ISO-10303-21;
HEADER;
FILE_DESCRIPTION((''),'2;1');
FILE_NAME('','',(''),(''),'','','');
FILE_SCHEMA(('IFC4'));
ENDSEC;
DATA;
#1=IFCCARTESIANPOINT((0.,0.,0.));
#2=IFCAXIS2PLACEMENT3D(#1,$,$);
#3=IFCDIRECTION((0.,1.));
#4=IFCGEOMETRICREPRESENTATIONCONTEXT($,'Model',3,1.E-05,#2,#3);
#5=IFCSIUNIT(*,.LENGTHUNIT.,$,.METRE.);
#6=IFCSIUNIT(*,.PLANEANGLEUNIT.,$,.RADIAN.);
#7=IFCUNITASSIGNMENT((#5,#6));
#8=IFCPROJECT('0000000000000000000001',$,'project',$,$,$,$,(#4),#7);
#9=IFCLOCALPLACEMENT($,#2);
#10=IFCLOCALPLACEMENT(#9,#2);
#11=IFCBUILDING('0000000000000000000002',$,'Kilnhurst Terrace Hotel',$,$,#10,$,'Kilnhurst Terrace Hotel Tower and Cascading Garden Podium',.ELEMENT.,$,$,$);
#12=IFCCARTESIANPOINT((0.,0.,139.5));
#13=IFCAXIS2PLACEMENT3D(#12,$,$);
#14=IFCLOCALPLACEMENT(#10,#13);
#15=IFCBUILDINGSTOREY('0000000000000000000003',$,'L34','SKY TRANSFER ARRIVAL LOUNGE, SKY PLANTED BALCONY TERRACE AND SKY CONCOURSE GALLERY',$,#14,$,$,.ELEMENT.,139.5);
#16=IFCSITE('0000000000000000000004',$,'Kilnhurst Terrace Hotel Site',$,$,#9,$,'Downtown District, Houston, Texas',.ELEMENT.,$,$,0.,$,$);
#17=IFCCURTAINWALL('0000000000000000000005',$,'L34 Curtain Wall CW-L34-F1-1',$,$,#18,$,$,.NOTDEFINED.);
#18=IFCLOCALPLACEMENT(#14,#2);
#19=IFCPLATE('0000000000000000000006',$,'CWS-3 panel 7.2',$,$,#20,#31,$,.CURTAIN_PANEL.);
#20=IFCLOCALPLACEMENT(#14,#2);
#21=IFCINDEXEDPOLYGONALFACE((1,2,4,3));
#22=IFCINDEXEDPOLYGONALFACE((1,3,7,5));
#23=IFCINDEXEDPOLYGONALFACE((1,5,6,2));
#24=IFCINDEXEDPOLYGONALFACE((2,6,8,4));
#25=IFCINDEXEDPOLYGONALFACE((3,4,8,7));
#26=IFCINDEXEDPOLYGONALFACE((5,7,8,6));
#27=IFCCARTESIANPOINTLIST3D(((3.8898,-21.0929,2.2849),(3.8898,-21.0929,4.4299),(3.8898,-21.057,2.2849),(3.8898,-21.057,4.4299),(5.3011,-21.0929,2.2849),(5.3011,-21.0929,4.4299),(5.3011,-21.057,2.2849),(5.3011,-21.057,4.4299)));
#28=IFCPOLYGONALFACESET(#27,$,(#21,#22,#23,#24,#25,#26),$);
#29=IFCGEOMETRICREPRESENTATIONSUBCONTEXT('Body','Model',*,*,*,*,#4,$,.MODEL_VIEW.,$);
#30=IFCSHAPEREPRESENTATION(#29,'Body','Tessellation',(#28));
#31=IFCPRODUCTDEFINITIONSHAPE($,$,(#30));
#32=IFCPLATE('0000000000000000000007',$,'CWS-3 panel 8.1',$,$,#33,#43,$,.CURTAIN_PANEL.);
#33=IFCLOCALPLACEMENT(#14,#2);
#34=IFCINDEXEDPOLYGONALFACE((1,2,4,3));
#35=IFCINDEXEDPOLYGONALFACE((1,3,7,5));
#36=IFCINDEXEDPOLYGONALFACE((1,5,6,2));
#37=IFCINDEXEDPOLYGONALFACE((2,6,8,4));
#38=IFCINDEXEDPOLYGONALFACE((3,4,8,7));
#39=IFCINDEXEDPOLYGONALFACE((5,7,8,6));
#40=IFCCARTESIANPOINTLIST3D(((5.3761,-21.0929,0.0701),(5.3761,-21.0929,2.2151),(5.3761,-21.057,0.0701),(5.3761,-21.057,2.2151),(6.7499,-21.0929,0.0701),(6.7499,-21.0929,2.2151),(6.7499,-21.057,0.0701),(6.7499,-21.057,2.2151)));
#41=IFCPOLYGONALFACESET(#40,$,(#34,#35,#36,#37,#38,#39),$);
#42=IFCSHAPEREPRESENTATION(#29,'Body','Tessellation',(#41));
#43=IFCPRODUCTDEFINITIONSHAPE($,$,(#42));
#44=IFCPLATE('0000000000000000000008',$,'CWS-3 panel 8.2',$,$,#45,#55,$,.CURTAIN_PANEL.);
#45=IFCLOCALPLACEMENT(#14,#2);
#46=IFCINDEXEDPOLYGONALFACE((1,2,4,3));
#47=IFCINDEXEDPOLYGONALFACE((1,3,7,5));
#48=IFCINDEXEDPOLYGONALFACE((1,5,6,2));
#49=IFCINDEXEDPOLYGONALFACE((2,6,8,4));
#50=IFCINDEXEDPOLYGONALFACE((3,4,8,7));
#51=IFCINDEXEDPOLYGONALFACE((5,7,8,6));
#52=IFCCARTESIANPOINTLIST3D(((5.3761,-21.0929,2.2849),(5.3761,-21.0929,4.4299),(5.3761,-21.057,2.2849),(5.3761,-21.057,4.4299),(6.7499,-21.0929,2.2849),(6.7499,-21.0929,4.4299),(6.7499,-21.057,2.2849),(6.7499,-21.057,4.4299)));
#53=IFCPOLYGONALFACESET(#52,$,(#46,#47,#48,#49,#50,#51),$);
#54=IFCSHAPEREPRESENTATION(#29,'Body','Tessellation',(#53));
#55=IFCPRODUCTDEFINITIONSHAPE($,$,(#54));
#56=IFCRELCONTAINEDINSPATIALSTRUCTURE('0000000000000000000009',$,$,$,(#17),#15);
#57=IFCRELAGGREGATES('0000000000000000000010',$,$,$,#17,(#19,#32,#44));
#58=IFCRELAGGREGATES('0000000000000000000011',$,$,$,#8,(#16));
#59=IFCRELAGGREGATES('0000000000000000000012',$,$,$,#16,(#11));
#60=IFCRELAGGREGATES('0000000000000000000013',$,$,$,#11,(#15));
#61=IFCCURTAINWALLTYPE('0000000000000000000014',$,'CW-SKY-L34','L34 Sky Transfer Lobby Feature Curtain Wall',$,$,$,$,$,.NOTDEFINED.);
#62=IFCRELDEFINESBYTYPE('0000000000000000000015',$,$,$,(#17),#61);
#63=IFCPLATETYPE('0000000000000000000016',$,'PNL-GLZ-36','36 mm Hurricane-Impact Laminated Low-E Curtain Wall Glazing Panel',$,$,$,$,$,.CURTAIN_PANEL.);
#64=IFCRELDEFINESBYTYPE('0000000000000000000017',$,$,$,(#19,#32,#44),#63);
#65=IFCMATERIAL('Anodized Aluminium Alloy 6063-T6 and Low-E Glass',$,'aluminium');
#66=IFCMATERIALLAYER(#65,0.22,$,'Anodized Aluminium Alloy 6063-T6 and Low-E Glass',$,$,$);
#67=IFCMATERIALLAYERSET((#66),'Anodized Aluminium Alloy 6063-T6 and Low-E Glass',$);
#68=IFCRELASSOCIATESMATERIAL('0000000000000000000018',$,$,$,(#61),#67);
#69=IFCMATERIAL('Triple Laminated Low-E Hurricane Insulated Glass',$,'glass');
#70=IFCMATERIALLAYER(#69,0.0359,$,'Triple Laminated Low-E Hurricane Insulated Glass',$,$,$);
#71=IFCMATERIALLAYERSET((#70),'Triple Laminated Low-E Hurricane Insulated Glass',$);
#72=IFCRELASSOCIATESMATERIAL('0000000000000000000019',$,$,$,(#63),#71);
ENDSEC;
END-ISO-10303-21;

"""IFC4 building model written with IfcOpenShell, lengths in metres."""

from ifc_helpers import new_model, si_unit, direction, frame, origin, origin_2d, place, context, subcontext, project, spatial, rectangle, extrude, material, layer, layer_set, type_object, element, aggregate, save


model = new_model("IFC4")

# Units and contexts
model_context = context("Model", 3, precision=1e-05, world=origin(), true_north=direction((0.0, 1.0)))
body_context = subcontext(model_context, "Body", "Model", "MODEL_VIEW")
ifc_project = project(units=[si_unit("LENGTHUNIT", "METRE"), si_unit("PLANEANGLEUNIT", "RADIAN")], contexts=[model_context])

# Site, building, storey
site_placement = place(None, origin())
site = spatial("IfcSite", under=ifc_project, at=site_placement, Name="Kilnhurst Terrace Hotel Site", LongName="Downtown District, Houston, Texas", CompositionType="ELEMENT", RefElevation=0.0)
building_placement = place(site_placement, origin())
building = spatial("IfcBuilding", under=site, at=building_placement, Name="Kilnhurst Terrace Hotel", LongName="Kilnhurst Terrace Hotel Tower and Cascading Garden Podium", CompositionType="ELEMENT")
storey_placement = place(building_placement, frame((0.0, 0.0, 139.5)))
storey = spatial("IfcBuildingStorey", under=building, at=storey_placement, Name="L34", Description="SKY TRANSFER ARRIVAL LOUNGE, SKY PLANTED BALCONY TERRACE AND SKY CONCOURSE GALLERY", CompositionType="ELEMENT", Elevation=139.5)

# Curtain wall, plates
ifc_material_1 = material(Name="Anodized Aluminium Alloy 6063-T6 and Low-E Glass", Category="aluminium")
ifc_layer_1 = layer(ifc_material_1, 0.22, Name="Anodized Aluminium Alloy 6063-T6 and Low-E Glass")
ifc_layer_set_1 = layer_set([ifc_layer_1], Name="Anodized Aluminium Alloy 6063-T6 and Low-E Glass")
curtain_wall_type = type_object("IfcCurtainWallType", Name="CW-SKY-L34", Description="L34 Sky Transfer Lobby Feature Curtain Wall", PredefinedType="NOTDEFINED", material=ifc_layer_set_1)
curtain_wall_placement = place(storey_placement, origin())
curtain_wall = element("IfcCurtainWall", 1, at=curtain_wall_placement, inside=storey, type_object=curtain_wall_type, Name="L34 Curtain Wall CW-L34-F1-1", PredefinedType="NOTDEFINED")
ifc_material_2 = material(Name="Triple Laminated Low-E Hurricane Insulated Glass", Category="glass")
ifc_layer_2 = layer(ifc_material_2, 0.0359, Name="Triple Laminated Low-E Hurricane Insulated Glass")
ifc_layer_set_2 = layer_set([ifc_layer_2], Name="Triple Laminated Low-E Hurricane Insulated Glass")
plate_type = type_object("IfcPlateType", Name="PNL-GLZ-36", Description="36 mm Hurricane-Impact Laminated Low-E Curtain Wall Glazing Panel", PredefinedType="CURTAIN_PANEL", material=ifc_layer_set_2)
plate_1_placement = place(storey_placement, frame((4.5955, -21.075, 2.2849), z_axis=(0.0, 0.0, 1.0), x_axis=(1.0, 0.0, 0.0)))
plate_1 = element("IfcPlate", 2, at=plate_1_placement, type_object=plate_type, Name="CWS-3 panel 7.2", PredefinedType="CURTAIN_PANEL", context=body_context, shape_type="SweptSolid", body=[
    extrude(rectangle(XDim=1.4114, YDim=0.0359, at=origin_2d()), origin(), (0.0, 0.0, 1.0), 2.145),
])
plate_2_placement = place(storey_placement, frame((6.063, -21.075, 0.0701), z_axis=(0.0, 0.0, 1.0), x_axis=(1.0, 0.0, 0.0)))
plate_2 = element("IfcPlate", 3, at=plate_2_placement, type_object=plate_type, Name="CWS-3 panel 8.1", PredefinedType="CURTAIN_PANEL", context=body_context, shape_type="SweptSolid", body=[
    extrude(rectangle(XDim=1.3738, YDim=0.0359, at=origin_2d()), origin(), (0.0, 0.0, 1.0), 2.145),
])
plate_3_placement = place(storey_placement, frame((6.063, -21.075, 2.2849), z_axis=(0.0, 0.0, 1.0), x_axis=(1.0, 0.0, 0.0)))
plate_3 = element("IfcPlate", 4, at=plate_3_placement, type_object=plate_type, Name="CWS-3 panel 8.2", PredefinedType="CURTAIN_PANEL", context=body_context, shape_type="SweptSolid", body=[
    extrude(rectangle(XDim=1.3738, YDim=0.0359, at=origin_2d()), origin(), (0.0, 0.0, 1.0), 2.145),
])
aggregate(curtain_wall, [plate_1, plate_2, plate_3])

save(model, "model.ifc")
